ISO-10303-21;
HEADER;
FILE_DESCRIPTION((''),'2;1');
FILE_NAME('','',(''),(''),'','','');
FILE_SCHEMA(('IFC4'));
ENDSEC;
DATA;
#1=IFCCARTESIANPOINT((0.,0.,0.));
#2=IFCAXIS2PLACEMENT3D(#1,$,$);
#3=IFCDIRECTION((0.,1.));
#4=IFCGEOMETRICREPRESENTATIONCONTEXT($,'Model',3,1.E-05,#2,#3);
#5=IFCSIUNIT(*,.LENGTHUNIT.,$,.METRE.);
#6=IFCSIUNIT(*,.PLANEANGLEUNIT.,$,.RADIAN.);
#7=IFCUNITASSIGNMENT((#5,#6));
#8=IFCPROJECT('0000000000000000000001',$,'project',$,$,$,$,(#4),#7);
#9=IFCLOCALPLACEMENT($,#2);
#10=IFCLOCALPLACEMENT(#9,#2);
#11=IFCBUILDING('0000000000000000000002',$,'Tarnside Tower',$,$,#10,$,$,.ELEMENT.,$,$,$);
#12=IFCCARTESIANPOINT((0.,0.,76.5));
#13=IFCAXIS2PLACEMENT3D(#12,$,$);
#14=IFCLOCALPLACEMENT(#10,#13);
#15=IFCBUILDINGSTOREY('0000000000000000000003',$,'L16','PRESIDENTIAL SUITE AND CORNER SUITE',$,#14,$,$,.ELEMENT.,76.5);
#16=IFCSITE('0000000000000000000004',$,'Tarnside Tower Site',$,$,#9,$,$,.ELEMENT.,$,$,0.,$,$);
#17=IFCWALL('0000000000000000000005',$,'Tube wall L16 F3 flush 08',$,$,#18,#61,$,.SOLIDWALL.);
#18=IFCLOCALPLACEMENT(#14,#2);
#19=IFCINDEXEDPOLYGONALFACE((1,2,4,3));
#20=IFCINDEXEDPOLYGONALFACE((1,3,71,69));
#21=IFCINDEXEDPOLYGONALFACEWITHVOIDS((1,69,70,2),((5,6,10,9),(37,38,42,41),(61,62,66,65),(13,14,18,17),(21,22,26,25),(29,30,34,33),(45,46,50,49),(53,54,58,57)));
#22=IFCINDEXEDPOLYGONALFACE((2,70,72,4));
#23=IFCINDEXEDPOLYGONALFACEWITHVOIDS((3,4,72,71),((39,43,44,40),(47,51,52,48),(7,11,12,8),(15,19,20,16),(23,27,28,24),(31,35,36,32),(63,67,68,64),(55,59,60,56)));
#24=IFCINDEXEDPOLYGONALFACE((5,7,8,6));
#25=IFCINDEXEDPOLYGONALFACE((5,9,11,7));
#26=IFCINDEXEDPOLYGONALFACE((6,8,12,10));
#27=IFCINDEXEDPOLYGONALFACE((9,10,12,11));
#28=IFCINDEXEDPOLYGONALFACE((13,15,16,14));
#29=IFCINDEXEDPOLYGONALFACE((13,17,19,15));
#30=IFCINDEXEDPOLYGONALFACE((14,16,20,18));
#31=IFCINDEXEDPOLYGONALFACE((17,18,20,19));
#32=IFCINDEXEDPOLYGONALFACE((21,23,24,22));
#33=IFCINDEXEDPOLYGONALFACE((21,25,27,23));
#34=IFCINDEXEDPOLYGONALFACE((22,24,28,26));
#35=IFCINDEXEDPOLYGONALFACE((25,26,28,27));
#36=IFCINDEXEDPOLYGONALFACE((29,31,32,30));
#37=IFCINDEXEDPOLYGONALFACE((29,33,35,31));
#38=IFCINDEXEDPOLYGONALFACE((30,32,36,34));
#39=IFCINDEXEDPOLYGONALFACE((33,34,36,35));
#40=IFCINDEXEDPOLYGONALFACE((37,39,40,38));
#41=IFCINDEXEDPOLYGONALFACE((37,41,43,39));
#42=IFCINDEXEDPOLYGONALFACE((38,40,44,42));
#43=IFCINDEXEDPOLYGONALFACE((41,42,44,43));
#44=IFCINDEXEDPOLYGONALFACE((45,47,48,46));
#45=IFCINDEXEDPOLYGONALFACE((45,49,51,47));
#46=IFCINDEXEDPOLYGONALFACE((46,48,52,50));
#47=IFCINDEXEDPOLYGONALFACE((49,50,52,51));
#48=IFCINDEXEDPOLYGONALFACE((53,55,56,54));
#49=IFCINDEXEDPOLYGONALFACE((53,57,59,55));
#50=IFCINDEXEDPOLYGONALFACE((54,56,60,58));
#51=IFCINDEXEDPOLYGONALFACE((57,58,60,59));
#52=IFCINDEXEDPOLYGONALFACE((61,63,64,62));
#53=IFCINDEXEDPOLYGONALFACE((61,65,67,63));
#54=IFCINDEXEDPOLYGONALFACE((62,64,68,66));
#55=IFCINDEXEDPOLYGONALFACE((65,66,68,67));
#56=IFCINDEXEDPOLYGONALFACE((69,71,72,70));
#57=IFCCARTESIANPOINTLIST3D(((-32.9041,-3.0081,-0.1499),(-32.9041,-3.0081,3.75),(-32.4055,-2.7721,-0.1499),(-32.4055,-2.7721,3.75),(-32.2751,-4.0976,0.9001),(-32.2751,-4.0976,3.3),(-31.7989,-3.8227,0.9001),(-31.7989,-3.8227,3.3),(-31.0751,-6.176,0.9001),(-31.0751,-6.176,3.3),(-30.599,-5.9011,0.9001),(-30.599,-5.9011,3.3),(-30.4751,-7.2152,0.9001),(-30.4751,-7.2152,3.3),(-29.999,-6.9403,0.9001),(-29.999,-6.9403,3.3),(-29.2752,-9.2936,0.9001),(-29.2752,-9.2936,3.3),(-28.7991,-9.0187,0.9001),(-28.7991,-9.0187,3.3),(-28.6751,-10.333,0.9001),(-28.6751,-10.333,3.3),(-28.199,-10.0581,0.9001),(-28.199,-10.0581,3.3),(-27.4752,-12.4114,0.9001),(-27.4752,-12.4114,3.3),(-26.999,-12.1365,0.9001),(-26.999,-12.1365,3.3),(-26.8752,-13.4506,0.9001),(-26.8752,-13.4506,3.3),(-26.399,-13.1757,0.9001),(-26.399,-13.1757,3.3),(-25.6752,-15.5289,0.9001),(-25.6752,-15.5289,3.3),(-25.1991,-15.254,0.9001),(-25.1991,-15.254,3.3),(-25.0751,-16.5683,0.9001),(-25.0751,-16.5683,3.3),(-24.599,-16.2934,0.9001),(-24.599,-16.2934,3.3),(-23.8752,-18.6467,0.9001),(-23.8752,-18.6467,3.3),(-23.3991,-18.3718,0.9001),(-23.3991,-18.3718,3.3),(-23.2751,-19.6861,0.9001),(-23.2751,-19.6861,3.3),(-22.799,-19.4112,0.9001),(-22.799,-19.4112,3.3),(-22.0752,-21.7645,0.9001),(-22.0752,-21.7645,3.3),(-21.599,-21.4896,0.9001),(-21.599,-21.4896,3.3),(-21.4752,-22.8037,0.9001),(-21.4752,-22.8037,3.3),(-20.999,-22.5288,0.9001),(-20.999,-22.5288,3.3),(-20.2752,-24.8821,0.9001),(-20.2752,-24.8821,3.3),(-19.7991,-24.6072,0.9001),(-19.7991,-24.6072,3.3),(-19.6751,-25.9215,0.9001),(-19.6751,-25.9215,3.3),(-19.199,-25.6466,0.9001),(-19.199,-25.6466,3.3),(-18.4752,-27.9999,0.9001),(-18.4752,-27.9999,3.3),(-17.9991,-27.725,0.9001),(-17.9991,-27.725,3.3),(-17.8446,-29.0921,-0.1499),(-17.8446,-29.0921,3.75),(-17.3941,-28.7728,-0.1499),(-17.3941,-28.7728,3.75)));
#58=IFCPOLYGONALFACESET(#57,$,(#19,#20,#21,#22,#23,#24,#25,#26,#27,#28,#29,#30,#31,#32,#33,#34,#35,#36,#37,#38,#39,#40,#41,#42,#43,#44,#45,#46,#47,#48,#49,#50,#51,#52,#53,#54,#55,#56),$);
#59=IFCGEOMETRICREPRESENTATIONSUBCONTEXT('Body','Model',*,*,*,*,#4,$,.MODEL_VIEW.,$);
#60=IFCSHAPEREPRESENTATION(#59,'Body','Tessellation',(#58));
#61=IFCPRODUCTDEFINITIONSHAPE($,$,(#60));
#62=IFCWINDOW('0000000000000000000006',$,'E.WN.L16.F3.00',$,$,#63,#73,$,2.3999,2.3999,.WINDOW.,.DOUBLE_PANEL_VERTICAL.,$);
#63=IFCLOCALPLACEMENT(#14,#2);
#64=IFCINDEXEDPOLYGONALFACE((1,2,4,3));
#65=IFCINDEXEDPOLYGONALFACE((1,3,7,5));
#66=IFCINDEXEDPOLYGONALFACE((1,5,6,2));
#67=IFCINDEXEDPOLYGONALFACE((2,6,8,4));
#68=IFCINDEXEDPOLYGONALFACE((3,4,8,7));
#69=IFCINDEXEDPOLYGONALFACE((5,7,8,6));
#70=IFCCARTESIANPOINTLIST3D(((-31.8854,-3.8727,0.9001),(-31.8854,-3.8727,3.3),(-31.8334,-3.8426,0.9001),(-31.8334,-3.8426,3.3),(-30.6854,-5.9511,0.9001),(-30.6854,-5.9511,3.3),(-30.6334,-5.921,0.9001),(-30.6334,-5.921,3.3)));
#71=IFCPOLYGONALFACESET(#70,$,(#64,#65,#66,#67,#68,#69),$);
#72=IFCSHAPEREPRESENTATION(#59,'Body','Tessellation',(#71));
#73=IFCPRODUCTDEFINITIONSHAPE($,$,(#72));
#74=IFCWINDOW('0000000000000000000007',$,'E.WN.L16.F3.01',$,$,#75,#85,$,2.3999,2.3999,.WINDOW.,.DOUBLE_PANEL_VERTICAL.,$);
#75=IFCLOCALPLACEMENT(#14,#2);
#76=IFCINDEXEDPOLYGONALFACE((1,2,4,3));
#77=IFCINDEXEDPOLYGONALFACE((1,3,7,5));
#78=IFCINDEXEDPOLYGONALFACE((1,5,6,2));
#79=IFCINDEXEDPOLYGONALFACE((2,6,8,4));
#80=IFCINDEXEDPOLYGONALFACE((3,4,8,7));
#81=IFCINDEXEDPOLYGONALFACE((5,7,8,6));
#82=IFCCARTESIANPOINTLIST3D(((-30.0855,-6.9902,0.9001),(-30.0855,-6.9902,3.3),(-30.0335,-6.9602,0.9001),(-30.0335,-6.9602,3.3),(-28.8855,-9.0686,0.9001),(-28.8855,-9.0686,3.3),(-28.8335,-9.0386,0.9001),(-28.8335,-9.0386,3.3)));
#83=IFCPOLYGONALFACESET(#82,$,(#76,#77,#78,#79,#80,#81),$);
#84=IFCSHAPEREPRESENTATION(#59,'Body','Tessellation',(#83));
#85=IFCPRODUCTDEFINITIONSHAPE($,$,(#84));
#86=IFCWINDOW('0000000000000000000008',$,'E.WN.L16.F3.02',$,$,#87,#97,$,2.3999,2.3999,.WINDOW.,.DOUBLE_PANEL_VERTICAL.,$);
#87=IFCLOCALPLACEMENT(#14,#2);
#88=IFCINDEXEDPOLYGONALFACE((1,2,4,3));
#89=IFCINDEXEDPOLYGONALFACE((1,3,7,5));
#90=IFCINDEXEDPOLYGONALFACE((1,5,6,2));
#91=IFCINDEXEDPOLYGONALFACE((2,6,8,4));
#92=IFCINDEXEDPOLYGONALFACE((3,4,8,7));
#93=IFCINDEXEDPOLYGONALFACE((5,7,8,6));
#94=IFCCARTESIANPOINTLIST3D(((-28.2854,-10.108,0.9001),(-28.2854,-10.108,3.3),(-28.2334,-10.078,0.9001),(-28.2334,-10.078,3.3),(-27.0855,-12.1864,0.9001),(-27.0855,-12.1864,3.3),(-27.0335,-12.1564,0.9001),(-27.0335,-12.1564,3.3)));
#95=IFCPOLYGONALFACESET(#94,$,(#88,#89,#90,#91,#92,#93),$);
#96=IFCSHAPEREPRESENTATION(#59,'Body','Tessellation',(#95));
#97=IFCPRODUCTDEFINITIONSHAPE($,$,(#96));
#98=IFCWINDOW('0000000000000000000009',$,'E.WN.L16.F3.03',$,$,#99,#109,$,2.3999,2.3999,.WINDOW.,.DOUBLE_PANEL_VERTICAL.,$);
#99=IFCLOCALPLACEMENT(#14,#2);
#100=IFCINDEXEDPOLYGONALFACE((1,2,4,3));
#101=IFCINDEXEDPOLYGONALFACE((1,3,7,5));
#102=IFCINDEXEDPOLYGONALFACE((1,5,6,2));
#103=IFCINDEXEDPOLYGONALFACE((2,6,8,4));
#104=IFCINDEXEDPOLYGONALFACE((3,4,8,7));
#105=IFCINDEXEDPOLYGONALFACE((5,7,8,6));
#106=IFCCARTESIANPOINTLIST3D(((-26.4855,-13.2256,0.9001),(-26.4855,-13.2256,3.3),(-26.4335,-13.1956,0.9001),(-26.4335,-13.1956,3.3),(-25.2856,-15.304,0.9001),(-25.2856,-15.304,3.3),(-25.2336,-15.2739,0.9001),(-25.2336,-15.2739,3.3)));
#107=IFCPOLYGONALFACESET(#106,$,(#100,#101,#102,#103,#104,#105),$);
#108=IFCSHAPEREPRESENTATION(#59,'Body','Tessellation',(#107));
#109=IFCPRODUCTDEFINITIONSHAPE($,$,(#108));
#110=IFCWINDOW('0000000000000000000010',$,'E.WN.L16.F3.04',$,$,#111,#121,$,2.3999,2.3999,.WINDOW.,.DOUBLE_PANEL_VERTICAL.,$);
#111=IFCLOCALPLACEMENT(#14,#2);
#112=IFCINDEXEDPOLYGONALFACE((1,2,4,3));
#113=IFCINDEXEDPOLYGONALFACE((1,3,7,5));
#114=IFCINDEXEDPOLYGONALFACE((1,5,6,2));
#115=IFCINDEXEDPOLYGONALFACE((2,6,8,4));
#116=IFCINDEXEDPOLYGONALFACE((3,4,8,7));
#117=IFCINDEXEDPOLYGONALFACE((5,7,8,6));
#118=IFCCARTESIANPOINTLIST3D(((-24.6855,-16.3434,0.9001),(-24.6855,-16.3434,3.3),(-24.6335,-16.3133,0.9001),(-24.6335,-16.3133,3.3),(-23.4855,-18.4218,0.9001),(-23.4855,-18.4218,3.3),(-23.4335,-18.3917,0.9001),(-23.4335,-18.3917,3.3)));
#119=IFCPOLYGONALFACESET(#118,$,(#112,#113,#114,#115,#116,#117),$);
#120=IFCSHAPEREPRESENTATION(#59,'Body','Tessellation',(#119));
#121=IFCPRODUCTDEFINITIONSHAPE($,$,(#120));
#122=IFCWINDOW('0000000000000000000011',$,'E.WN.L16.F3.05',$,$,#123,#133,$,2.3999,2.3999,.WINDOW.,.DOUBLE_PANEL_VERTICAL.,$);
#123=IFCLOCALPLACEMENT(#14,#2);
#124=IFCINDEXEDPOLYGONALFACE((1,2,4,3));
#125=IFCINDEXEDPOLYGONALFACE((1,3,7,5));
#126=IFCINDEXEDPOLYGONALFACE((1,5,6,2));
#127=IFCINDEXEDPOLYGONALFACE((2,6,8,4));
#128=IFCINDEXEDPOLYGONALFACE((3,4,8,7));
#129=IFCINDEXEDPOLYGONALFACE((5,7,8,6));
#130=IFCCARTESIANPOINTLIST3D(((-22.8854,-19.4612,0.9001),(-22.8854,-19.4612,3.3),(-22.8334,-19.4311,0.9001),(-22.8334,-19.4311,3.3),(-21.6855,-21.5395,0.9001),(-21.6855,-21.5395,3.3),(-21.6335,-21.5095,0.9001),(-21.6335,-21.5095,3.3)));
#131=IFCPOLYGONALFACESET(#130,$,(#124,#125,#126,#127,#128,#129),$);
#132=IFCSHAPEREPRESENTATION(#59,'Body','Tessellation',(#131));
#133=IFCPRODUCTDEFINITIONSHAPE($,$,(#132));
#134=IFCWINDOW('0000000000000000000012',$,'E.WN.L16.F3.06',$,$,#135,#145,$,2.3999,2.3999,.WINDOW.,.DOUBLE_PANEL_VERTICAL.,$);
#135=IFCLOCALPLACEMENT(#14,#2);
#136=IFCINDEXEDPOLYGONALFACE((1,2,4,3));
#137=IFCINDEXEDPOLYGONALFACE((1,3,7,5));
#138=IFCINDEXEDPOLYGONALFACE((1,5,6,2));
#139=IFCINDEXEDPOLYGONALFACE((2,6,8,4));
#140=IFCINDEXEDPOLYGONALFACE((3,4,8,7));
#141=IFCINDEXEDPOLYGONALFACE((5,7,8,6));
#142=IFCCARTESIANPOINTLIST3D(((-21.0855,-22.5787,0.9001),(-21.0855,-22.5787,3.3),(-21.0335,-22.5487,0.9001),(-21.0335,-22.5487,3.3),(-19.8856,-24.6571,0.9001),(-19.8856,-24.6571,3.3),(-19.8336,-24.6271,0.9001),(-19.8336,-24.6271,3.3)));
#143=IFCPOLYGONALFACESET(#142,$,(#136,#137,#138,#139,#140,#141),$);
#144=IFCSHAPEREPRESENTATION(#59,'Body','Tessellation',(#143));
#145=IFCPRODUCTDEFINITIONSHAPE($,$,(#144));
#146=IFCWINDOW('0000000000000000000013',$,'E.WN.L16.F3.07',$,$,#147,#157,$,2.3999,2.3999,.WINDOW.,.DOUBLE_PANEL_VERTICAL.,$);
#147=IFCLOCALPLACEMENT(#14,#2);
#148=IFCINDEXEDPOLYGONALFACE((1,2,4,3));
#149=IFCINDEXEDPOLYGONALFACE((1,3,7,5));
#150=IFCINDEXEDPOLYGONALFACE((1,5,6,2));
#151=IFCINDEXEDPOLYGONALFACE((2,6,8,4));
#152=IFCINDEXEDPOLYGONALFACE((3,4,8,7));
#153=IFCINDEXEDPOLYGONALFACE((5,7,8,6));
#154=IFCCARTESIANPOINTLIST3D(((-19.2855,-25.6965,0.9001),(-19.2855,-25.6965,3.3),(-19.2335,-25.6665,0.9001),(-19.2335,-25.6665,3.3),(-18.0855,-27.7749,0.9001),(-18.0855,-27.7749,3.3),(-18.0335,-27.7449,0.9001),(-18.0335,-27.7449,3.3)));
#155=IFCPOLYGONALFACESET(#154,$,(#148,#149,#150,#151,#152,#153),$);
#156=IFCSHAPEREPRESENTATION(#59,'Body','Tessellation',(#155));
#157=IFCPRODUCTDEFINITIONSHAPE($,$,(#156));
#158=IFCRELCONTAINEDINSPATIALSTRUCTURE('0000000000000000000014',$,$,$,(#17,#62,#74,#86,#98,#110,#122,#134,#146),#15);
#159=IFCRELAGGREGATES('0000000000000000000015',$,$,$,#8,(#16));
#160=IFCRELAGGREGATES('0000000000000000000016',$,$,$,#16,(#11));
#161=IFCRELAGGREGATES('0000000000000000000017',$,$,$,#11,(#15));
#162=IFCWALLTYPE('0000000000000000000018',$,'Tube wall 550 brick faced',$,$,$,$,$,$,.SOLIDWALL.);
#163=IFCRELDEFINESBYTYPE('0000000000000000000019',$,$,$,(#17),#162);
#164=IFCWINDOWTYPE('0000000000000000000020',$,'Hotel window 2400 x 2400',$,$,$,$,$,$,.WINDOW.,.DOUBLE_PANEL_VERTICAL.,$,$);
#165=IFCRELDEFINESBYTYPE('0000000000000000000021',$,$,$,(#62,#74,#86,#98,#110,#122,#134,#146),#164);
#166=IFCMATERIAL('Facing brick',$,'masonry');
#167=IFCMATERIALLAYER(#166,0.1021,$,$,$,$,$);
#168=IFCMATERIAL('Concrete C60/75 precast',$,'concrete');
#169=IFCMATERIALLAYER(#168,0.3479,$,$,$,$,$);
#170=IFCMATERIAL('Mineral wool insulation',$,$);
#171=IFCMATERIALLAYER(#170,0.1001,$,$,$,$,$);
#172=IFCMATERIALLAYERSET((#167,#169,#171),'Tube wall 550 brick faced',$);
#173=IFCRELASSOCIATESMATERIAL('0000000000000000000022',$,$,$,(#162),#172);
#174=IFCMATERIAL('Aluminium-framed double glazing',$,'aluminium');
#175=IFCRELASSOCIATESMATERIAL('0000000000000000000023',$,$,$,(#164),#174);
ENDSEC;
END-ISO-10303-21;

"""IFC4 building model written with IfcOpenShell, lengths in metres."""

from ifc_helpers import new_model, si_unit, direction, frame, frame_2d, origin, place, context, subcontext, project, spatial, polyline, rectangle, outline, extrude, material, layer, layer_set, type_object, element, fill, save


model = new_model("IFC4")

# Units and contexts
model_context = context("Model", 3, precision=1e-05, world=origin(), true_north=direction((0.0, 1.0)))
body_context = subcontext(model_context, "Body", "Model", "MODEL_VIEW")
ifc_project = project(units=[si_unit("LENGTHUNIT", "METRE"), si_unit("PLANEANGLEUNIT", "RADIAN")], contexts=[model_context])

# Site, building, storey
site_placement = place(None, origin())
site = spatial("IfcSite", under=ifc_project, at=site_placement, Name="Tarnside Tower Site", CompositionType="ELEMENT", RefElevation=0.0)
building_placement = place(site_placement, origin())
building = spatial("IfcBuilding", under=site, at=building_placement, Name="Tarnside Tower", CompositionType="ELEMENT")
storey_placement = place(building_placement, frame((0.0, 0.0, 76.5)))
storey = spatial("IfcBuildingStorey", under=building, at=storey_placement, Name="L16", Description="PRESIDENTIAL SUITE AND CORNER SUITE", CompositionType="ELEMENT", Elevation=76.5)

# Shared definitions
ifc_material_1 = material(Name="Facing brick", Category="masonry")
ifc_layer_1 = layer(ifc_material_1, 0.1021)
ifc_material_2 = material(Name="Concrete C60/75 precast", Category="concrete")
ifc_layer_2 = layer(ifc_material_2, 0.3479)
ifc_material_3 = material(Name="Mineral wool insulation")
ifc_layer_3 = layer(ifc_material_3, 0.1001)
ifc_layer_set_1 = layer_set([ifc_layer_1, ifc_layer_2, ifc_layer_3], Name="Tube wall 550 brick faced")
wall_type_1 = type_object("IfcWallType", Name="Tube wall 550 brick faced", PredefinedType="SOLIDWALL", material=ifc_layer_set_1)

# Wall, openings, windows
wall_1_placement = place(storey_placement, frame((-32.6548, -2.8901, -0.1499), z_axis=(0.0, 0.0, 1.0), x_axis=(0.499998, -0.866027, 0.0)))
wall_1 = element("IfcWall", 1, at=wall_1_placement, inside=storey, type_object=wall_type_1, Name="Tube wall L16 F3 flush 08", PredefinedType="SOLIDWALL", context=body_context, shape_type="SweptSolid", body=[
    extrude(outline(polyline([(-0.0225, -0.2749), (30.0967, -0.2749), (30.0454, 0.2749), (0.0225, 0.2749), (-0.0225, -0.2749)])), origin(), (0.0, 0.0, 1.0), 3.8999),
])
opening_1_placement = place(wall_1_placement, frame((1.2356, 0.0, 1.05)))
opening_1 = element("IfcOpeningElement", 2, at=opening_1_placement, cuts=wall_1, PredefinedType="OPENING", context=body_context, shape_type="SweptSolid", body=[
    extrude(rectangle(XDim=2.3999, YDim=2.3999, at=frame_2d((1.2, 1.2))), frame((0.0, 0.2852, 0.0), z_axis=(0.0, -1.0, 0.0), x_axis=(1.0, 0.0, 0.0)), (0.0, 0.0, 1.0), 0.5701),
])
opening_2_placement = place(wall_1_placement, frame((4.8354, 0.0, 1.05)))
opening_2 = element("IfcOpeningElement", 3, at=opening_2_placement, cuts=wall_1, PredefinedType="OPENING", context=body_context, shape_type="SweptSolid", body=[
    extrude(rectangle(XDim=2.3999, YDim=2.3999, at=frame_2d((1.2, 1.2))), frame((0.0, 0.2852, 0.0), z_axis=(0.0, -1.0, 0.0), x_axis=(1.0, 0.0, 0.0)), (0.0, 0.0, 1.0), 0.5701),
])
opening_3_placement = place(wall_1_placement, frame((8.4355, 0.0, 1.05)))
opening_3 = element("IfcOpeningElement", 4, at=opening_3_placement, cuts=wall_1, PredefinedType="OPENING", context=body_context, shape_type="SweptSolid", body=[
    extrude(rectangle(XDim=2.3999, YDim=2.3999, at=frame_2d((1.2, 1.2))), frame((0.0, 0.2852, 0.0), z_axis=(0.0, -1.0, 0.0), x_axis=(1.0, 0.0, 0.0)), (0.0, 0.0, 1.0), 0.5701),
])
opening_4_placement = place(wall_1_placement, frame((12.0354, 0.0, 1.05)))
opening_4 = element("IfcOpeningElement", 5, at=opening_4_placement, cuts=wall_1, PredefinedType="OPENING", context=body_context, shape_type="SweptSolid", body=[
    extrude(rectangle(XDim=2.3999, YDim=2.3999, at=frame_2d((1.2, 1.2))), frame((0.0, 0.2852, 0.0), z_axis=(0.0, -1.0, 0.0), x_axis=(1.0, 0.0, 0.0)), (0.0, 0.0, 1.0), 0.5701),
])
opening_5_placement = place(wall_1_placement, frame((15.6355, 0.0, 1.05)))
opening_5 = element("IfcOpeningElement", 6, at=opening_5_placement, cuts=wall_1, PredefinedType="OPENING", context=body_context, shape_type="SweptSolid", body=[
    extrude(rectangle(XDim=2.3999, YDim=2.3999, at=frame_2d((1.2, 1.2))), frame((0.0, 0.2852, 0.0), z_axis=(0.0, -1.0, 0.0), x_axis=(1.0, 0.0, 0.0)), (0.0, 0.0, 1.0), 0.5701),
])
opening_6_placement = place(wall_1_placement, frame((19.2356, 0.0, 1.05)))
opening_6 = element("IfcOpeningElement", 7, at=opening_6_placement, cuts=wall_1, PredefinedType="OPENING", context=body_context, shape_type="SweptSolid", body=[
    extrude(rectangle(XDim=2.3999, YDim=2.3999, at=frame_2d((1.2, 1.2))), frame((0.0, 0.2852, 0.0), z_axis=(0.0, -1.0, 0.0), x_axis=(1.0, 0.0, 0.0)), (0.0, 0.0, 1.0), 0.5701),
])
opening_7_placement = place(wall_1_placement, frame((22.8354, 0.0, 1.05)))
opening_7 = element("IfcOpeningElement", 8, at=opening_7_placement, cuts=wall_1, PredefinedType="OPENING", context=body_context, shape_type="SweptSolid", body=[
    extrude(rectangle(XDim=2.3999, YDim=2.3999, at=frame_2d((1.2, 1.2))), frame((0.0, 0.2852, 0.0), z_axis=(0.0, -1.0, 0.0), x_axis=(1.0, 0.0, 0.0)), (0.0, 0.0, 1.0), 0.5701),
])
opening_8_placement = place(wall_1_placement, frame((26.4355, 0.0, 1.05)))
opening_8 = element("IfcOpeningElement", 9, at=opening_8_placement, cuts=wall_1, PredefinedType="OPENING", context=body_context, shape_type="SweptSolid", body=[
    extrude(rectangle(XDim=2.3999, YDim=2.3999, at=frame_2d((1.2, 1.2))), frame((0.0, 0.2852, 0.0), z_axis=(0.0, -1.0, 0.0), x_axis=(1.0, 0.0, 0.0)), (0.0, 0.0, 1.0), 0.5701),
])
ifc_material_4 = material(Name="Aluminium-framed double glazing", Category="aluminium")
window_type = type_object("IfcWindowType", Name="Hotel window 2400 x 2400", PartitioningType="DOUBLE_PANEL_VERTICAL", PredefinedType="WINDOW", material=ifc_material_4)
window_1_placement = place(opening_1_placement, frame((0.0, 0.2051, 0.0)))
window_1 = element("IfcWindow", 10, at=window_1_placement, inside=storey, type_object=window_type, Name="E.WN.L16.F3.00", OverallHeight=2.3999, OverallWidth=2.3999, PartitioningType="DOUBLE_PANEL_VERTICAL", PredefinedType="WINDOW", context=body_context, shape_type="SweptSolid", body=[
    extrude(rectangle(XDim=2.3999, YDim=2.3999, at=frame_2d((1.2, 1.2))), frame((0.0, 0.03, 0.0), z_axis=(0.0, -1.0, 0.0), x_axis=(1.0, 0.0, 0.0)), (0.0, 0.0, 1.0), 0.0601),
])
fill(opening_1, window_1)
window_2_placement = place(opening_2_placement, frame((0.0, 0.2051, 0.0)))
window_2 = element("IfcWindow", 11, at=window_2_placement, inside=storey, type_object=window_type, Name="E.WN.L16.F3.01", OverallHeight=2.3999, OverallWidth=2.3999, PartitioningType="DOUBLE_PANEL_VERTICAL", PredefinedType="WINDOW", context=body_context, shape_type="SweptSolid", body=[
    extrude(rectangle(XDim=2.3999, YDim=2.3999, at=frame_2d((1.2, 1.2))), frame((0.0, 0.03, 0.0), z_axis=(0.0, -1.0, 0.0), x_axis=(1.0, 0.0, 0.0)), (0.0, 0.0, 1.0), 0.0601),
])
fill(opening_2, window_2)
window_3_placement = place(opening_3_placement, frame((0.0, 0.2051, 0.0)))
window_3 = element("IfcWindow", 12, at=window_3_placement, inside=storey, type_object=window_type, Name="E.WN.L16.F3.02", OverallHeight=2.3999, OverallWidth=2.3999, PartitioningType="DOUBLE_PANEL_VERTICAL", PredefinedType="WINDOW", context=body_context, shape_type="SweptSolid", body=[
    extrude(rectangle(XDim=2.3999, YDim=2.3999, at=frame_2d((1.2, 1.2))), frame((0.0, 0.03, 0.0), z_axis=(0.0, -1.0, 0.0), x_axis=(1.0, 0.0, 0.0)), (0.0, 0.0, 1.0), 0.0601),
])
fill(opening_3, window_3)
window_4_placement = place(opening_4_placement, frame((0.0, 0.2051, 0.0)))
window_4 = element("IfcWindow", 13, at=window_4_placement, inside=storey, type_object=window_type, Name="E.WN.L16.F3.03", OverallHeight=2.3999, OverallWidth=2.3999, PartitioningType="DOUBLE_PANEL_VERTICAL", PredefinedType="WINDOW", context=body_context, shape_type="SweptSolid", body=[
    extrude(rectangle(XDim=2.3999, YDim=2.3999, at=frame_2d((1.2, 1.2))), frame((0.0, 0.03, 0.0), z_axis=(0.0, -1.0, 0.0), x_axis=(1.0, 0.0, 0.0)), (0.0, 0.0, 1.0), 0.0601),
])
fill(opening_4, window_4)
window_5_placement = place(opening_5_placement, frame((0.0, 0.2051, 0.0)))
window_5 = element("IfcWindow", 14, at=window_5_placement, inside=storey, type_object=window_type, Name="E.WN.L16.F3.04", OverallHeight=2.3999, OverallWidth=2.3999, PartitioningType="DOUBLE_PANEL_VERTICAL", PredefinedType="WINDOW", context=body_context, shape_type="SweptSolid", body=[
    extrude(rectangle(XDim=2.3999, YDim=2.3999, at=frame_2d((1.2, 1.2))), frame((0.0, 0.03, 0.0), z_axis=(0.0, -1.0, 0.0), x_axis=(1.0, 0.0, 0.0)), (0.0, 0.0, 1.0), 0.0601),
])
fill(opening_5, window_5)
window_6_placement = place(opening_6_placement, frame((0.0, 0.2051, 0.0)))
window_6 = element("IfcWindow", 15, at=window_6_placement, inside=storey, type_object=window_type, Name="E.WN.L16.F3.05", OverallHeight=2.3999, OverallWidth=2.3999, PartitioningType="DOUBLE_PANEL_VERTICAL", PredefinedType="WINDOW", context=body_context, shape_type="SweptSolid", body=[
    extrude(rectangle(XDim=2.3999, YDim=2.3999, at=frame_2d((1.2, 1.2))), frame((0.0, 0.03, 0.0), z_axis=(0.0, -1.0, 0.0), x_axis=(1.0, 0.0, 0.0)), (0.0, 0.0, 1.0), 0.0601),
])
fill(opening_6, window_6)
window_7_placement = place(opening_7_placement, frame((0.0, 0.2051, 0.0)))
window_7 = element("IfcWindow", 16, at=window_7_placement, inside=storey, type_object=window_type, Name="E.WN.L16.F3.06", OverallHeight=2.3999, OverallWidth=2.3999, PartitioningType="DOUBLE_PANEL_VERTICAL", PredefinedType="WINDOW", context=body_context, shape_type="SweptSolid", body=[
    extrude(rectangle(XDim=2.3999, YDim=2.3999, at=frame_2d((1.2, 1.2))), frame((0.0, 0.03, 0.0), z_axis=(0.0, -1.0, 0.0), x_axis=(1.0, 0.0, 0.0)), (0.0, 0.0, 1.0), 0.0601),
])
fill(opening_7, window_7)
window_8_placement = place(opening_8_placement, frame((0.0, 0.2051, 0.0)))
window_8 = element("IfcWindow", 17, at=window_8_placement, inside=storey, type_object=window_type, Name="E.WN.L16.F3.07", OverallHeight=2.3999, OverallWidth=2.3999, PartitioningType="DOUBLE_PANEL_VERTICAL", PredefinedType="WINDOW", context=body_context, shape_type="SweptSolid", body=[
    extrude(rectangle(XDim=2.3999, YDim=2.3999, at=frame_2d((1.2, 1.2))), frame((0.0, 0.03, 0.0), z_axis=(0.0, -1.0, 0.0), x_axis=(1.0, 0.0, 0.0)), (0.0, 0.0, 1.0), 0.0601),
])
fill(opening_8, window_8)

save(model, "model.ifc")
